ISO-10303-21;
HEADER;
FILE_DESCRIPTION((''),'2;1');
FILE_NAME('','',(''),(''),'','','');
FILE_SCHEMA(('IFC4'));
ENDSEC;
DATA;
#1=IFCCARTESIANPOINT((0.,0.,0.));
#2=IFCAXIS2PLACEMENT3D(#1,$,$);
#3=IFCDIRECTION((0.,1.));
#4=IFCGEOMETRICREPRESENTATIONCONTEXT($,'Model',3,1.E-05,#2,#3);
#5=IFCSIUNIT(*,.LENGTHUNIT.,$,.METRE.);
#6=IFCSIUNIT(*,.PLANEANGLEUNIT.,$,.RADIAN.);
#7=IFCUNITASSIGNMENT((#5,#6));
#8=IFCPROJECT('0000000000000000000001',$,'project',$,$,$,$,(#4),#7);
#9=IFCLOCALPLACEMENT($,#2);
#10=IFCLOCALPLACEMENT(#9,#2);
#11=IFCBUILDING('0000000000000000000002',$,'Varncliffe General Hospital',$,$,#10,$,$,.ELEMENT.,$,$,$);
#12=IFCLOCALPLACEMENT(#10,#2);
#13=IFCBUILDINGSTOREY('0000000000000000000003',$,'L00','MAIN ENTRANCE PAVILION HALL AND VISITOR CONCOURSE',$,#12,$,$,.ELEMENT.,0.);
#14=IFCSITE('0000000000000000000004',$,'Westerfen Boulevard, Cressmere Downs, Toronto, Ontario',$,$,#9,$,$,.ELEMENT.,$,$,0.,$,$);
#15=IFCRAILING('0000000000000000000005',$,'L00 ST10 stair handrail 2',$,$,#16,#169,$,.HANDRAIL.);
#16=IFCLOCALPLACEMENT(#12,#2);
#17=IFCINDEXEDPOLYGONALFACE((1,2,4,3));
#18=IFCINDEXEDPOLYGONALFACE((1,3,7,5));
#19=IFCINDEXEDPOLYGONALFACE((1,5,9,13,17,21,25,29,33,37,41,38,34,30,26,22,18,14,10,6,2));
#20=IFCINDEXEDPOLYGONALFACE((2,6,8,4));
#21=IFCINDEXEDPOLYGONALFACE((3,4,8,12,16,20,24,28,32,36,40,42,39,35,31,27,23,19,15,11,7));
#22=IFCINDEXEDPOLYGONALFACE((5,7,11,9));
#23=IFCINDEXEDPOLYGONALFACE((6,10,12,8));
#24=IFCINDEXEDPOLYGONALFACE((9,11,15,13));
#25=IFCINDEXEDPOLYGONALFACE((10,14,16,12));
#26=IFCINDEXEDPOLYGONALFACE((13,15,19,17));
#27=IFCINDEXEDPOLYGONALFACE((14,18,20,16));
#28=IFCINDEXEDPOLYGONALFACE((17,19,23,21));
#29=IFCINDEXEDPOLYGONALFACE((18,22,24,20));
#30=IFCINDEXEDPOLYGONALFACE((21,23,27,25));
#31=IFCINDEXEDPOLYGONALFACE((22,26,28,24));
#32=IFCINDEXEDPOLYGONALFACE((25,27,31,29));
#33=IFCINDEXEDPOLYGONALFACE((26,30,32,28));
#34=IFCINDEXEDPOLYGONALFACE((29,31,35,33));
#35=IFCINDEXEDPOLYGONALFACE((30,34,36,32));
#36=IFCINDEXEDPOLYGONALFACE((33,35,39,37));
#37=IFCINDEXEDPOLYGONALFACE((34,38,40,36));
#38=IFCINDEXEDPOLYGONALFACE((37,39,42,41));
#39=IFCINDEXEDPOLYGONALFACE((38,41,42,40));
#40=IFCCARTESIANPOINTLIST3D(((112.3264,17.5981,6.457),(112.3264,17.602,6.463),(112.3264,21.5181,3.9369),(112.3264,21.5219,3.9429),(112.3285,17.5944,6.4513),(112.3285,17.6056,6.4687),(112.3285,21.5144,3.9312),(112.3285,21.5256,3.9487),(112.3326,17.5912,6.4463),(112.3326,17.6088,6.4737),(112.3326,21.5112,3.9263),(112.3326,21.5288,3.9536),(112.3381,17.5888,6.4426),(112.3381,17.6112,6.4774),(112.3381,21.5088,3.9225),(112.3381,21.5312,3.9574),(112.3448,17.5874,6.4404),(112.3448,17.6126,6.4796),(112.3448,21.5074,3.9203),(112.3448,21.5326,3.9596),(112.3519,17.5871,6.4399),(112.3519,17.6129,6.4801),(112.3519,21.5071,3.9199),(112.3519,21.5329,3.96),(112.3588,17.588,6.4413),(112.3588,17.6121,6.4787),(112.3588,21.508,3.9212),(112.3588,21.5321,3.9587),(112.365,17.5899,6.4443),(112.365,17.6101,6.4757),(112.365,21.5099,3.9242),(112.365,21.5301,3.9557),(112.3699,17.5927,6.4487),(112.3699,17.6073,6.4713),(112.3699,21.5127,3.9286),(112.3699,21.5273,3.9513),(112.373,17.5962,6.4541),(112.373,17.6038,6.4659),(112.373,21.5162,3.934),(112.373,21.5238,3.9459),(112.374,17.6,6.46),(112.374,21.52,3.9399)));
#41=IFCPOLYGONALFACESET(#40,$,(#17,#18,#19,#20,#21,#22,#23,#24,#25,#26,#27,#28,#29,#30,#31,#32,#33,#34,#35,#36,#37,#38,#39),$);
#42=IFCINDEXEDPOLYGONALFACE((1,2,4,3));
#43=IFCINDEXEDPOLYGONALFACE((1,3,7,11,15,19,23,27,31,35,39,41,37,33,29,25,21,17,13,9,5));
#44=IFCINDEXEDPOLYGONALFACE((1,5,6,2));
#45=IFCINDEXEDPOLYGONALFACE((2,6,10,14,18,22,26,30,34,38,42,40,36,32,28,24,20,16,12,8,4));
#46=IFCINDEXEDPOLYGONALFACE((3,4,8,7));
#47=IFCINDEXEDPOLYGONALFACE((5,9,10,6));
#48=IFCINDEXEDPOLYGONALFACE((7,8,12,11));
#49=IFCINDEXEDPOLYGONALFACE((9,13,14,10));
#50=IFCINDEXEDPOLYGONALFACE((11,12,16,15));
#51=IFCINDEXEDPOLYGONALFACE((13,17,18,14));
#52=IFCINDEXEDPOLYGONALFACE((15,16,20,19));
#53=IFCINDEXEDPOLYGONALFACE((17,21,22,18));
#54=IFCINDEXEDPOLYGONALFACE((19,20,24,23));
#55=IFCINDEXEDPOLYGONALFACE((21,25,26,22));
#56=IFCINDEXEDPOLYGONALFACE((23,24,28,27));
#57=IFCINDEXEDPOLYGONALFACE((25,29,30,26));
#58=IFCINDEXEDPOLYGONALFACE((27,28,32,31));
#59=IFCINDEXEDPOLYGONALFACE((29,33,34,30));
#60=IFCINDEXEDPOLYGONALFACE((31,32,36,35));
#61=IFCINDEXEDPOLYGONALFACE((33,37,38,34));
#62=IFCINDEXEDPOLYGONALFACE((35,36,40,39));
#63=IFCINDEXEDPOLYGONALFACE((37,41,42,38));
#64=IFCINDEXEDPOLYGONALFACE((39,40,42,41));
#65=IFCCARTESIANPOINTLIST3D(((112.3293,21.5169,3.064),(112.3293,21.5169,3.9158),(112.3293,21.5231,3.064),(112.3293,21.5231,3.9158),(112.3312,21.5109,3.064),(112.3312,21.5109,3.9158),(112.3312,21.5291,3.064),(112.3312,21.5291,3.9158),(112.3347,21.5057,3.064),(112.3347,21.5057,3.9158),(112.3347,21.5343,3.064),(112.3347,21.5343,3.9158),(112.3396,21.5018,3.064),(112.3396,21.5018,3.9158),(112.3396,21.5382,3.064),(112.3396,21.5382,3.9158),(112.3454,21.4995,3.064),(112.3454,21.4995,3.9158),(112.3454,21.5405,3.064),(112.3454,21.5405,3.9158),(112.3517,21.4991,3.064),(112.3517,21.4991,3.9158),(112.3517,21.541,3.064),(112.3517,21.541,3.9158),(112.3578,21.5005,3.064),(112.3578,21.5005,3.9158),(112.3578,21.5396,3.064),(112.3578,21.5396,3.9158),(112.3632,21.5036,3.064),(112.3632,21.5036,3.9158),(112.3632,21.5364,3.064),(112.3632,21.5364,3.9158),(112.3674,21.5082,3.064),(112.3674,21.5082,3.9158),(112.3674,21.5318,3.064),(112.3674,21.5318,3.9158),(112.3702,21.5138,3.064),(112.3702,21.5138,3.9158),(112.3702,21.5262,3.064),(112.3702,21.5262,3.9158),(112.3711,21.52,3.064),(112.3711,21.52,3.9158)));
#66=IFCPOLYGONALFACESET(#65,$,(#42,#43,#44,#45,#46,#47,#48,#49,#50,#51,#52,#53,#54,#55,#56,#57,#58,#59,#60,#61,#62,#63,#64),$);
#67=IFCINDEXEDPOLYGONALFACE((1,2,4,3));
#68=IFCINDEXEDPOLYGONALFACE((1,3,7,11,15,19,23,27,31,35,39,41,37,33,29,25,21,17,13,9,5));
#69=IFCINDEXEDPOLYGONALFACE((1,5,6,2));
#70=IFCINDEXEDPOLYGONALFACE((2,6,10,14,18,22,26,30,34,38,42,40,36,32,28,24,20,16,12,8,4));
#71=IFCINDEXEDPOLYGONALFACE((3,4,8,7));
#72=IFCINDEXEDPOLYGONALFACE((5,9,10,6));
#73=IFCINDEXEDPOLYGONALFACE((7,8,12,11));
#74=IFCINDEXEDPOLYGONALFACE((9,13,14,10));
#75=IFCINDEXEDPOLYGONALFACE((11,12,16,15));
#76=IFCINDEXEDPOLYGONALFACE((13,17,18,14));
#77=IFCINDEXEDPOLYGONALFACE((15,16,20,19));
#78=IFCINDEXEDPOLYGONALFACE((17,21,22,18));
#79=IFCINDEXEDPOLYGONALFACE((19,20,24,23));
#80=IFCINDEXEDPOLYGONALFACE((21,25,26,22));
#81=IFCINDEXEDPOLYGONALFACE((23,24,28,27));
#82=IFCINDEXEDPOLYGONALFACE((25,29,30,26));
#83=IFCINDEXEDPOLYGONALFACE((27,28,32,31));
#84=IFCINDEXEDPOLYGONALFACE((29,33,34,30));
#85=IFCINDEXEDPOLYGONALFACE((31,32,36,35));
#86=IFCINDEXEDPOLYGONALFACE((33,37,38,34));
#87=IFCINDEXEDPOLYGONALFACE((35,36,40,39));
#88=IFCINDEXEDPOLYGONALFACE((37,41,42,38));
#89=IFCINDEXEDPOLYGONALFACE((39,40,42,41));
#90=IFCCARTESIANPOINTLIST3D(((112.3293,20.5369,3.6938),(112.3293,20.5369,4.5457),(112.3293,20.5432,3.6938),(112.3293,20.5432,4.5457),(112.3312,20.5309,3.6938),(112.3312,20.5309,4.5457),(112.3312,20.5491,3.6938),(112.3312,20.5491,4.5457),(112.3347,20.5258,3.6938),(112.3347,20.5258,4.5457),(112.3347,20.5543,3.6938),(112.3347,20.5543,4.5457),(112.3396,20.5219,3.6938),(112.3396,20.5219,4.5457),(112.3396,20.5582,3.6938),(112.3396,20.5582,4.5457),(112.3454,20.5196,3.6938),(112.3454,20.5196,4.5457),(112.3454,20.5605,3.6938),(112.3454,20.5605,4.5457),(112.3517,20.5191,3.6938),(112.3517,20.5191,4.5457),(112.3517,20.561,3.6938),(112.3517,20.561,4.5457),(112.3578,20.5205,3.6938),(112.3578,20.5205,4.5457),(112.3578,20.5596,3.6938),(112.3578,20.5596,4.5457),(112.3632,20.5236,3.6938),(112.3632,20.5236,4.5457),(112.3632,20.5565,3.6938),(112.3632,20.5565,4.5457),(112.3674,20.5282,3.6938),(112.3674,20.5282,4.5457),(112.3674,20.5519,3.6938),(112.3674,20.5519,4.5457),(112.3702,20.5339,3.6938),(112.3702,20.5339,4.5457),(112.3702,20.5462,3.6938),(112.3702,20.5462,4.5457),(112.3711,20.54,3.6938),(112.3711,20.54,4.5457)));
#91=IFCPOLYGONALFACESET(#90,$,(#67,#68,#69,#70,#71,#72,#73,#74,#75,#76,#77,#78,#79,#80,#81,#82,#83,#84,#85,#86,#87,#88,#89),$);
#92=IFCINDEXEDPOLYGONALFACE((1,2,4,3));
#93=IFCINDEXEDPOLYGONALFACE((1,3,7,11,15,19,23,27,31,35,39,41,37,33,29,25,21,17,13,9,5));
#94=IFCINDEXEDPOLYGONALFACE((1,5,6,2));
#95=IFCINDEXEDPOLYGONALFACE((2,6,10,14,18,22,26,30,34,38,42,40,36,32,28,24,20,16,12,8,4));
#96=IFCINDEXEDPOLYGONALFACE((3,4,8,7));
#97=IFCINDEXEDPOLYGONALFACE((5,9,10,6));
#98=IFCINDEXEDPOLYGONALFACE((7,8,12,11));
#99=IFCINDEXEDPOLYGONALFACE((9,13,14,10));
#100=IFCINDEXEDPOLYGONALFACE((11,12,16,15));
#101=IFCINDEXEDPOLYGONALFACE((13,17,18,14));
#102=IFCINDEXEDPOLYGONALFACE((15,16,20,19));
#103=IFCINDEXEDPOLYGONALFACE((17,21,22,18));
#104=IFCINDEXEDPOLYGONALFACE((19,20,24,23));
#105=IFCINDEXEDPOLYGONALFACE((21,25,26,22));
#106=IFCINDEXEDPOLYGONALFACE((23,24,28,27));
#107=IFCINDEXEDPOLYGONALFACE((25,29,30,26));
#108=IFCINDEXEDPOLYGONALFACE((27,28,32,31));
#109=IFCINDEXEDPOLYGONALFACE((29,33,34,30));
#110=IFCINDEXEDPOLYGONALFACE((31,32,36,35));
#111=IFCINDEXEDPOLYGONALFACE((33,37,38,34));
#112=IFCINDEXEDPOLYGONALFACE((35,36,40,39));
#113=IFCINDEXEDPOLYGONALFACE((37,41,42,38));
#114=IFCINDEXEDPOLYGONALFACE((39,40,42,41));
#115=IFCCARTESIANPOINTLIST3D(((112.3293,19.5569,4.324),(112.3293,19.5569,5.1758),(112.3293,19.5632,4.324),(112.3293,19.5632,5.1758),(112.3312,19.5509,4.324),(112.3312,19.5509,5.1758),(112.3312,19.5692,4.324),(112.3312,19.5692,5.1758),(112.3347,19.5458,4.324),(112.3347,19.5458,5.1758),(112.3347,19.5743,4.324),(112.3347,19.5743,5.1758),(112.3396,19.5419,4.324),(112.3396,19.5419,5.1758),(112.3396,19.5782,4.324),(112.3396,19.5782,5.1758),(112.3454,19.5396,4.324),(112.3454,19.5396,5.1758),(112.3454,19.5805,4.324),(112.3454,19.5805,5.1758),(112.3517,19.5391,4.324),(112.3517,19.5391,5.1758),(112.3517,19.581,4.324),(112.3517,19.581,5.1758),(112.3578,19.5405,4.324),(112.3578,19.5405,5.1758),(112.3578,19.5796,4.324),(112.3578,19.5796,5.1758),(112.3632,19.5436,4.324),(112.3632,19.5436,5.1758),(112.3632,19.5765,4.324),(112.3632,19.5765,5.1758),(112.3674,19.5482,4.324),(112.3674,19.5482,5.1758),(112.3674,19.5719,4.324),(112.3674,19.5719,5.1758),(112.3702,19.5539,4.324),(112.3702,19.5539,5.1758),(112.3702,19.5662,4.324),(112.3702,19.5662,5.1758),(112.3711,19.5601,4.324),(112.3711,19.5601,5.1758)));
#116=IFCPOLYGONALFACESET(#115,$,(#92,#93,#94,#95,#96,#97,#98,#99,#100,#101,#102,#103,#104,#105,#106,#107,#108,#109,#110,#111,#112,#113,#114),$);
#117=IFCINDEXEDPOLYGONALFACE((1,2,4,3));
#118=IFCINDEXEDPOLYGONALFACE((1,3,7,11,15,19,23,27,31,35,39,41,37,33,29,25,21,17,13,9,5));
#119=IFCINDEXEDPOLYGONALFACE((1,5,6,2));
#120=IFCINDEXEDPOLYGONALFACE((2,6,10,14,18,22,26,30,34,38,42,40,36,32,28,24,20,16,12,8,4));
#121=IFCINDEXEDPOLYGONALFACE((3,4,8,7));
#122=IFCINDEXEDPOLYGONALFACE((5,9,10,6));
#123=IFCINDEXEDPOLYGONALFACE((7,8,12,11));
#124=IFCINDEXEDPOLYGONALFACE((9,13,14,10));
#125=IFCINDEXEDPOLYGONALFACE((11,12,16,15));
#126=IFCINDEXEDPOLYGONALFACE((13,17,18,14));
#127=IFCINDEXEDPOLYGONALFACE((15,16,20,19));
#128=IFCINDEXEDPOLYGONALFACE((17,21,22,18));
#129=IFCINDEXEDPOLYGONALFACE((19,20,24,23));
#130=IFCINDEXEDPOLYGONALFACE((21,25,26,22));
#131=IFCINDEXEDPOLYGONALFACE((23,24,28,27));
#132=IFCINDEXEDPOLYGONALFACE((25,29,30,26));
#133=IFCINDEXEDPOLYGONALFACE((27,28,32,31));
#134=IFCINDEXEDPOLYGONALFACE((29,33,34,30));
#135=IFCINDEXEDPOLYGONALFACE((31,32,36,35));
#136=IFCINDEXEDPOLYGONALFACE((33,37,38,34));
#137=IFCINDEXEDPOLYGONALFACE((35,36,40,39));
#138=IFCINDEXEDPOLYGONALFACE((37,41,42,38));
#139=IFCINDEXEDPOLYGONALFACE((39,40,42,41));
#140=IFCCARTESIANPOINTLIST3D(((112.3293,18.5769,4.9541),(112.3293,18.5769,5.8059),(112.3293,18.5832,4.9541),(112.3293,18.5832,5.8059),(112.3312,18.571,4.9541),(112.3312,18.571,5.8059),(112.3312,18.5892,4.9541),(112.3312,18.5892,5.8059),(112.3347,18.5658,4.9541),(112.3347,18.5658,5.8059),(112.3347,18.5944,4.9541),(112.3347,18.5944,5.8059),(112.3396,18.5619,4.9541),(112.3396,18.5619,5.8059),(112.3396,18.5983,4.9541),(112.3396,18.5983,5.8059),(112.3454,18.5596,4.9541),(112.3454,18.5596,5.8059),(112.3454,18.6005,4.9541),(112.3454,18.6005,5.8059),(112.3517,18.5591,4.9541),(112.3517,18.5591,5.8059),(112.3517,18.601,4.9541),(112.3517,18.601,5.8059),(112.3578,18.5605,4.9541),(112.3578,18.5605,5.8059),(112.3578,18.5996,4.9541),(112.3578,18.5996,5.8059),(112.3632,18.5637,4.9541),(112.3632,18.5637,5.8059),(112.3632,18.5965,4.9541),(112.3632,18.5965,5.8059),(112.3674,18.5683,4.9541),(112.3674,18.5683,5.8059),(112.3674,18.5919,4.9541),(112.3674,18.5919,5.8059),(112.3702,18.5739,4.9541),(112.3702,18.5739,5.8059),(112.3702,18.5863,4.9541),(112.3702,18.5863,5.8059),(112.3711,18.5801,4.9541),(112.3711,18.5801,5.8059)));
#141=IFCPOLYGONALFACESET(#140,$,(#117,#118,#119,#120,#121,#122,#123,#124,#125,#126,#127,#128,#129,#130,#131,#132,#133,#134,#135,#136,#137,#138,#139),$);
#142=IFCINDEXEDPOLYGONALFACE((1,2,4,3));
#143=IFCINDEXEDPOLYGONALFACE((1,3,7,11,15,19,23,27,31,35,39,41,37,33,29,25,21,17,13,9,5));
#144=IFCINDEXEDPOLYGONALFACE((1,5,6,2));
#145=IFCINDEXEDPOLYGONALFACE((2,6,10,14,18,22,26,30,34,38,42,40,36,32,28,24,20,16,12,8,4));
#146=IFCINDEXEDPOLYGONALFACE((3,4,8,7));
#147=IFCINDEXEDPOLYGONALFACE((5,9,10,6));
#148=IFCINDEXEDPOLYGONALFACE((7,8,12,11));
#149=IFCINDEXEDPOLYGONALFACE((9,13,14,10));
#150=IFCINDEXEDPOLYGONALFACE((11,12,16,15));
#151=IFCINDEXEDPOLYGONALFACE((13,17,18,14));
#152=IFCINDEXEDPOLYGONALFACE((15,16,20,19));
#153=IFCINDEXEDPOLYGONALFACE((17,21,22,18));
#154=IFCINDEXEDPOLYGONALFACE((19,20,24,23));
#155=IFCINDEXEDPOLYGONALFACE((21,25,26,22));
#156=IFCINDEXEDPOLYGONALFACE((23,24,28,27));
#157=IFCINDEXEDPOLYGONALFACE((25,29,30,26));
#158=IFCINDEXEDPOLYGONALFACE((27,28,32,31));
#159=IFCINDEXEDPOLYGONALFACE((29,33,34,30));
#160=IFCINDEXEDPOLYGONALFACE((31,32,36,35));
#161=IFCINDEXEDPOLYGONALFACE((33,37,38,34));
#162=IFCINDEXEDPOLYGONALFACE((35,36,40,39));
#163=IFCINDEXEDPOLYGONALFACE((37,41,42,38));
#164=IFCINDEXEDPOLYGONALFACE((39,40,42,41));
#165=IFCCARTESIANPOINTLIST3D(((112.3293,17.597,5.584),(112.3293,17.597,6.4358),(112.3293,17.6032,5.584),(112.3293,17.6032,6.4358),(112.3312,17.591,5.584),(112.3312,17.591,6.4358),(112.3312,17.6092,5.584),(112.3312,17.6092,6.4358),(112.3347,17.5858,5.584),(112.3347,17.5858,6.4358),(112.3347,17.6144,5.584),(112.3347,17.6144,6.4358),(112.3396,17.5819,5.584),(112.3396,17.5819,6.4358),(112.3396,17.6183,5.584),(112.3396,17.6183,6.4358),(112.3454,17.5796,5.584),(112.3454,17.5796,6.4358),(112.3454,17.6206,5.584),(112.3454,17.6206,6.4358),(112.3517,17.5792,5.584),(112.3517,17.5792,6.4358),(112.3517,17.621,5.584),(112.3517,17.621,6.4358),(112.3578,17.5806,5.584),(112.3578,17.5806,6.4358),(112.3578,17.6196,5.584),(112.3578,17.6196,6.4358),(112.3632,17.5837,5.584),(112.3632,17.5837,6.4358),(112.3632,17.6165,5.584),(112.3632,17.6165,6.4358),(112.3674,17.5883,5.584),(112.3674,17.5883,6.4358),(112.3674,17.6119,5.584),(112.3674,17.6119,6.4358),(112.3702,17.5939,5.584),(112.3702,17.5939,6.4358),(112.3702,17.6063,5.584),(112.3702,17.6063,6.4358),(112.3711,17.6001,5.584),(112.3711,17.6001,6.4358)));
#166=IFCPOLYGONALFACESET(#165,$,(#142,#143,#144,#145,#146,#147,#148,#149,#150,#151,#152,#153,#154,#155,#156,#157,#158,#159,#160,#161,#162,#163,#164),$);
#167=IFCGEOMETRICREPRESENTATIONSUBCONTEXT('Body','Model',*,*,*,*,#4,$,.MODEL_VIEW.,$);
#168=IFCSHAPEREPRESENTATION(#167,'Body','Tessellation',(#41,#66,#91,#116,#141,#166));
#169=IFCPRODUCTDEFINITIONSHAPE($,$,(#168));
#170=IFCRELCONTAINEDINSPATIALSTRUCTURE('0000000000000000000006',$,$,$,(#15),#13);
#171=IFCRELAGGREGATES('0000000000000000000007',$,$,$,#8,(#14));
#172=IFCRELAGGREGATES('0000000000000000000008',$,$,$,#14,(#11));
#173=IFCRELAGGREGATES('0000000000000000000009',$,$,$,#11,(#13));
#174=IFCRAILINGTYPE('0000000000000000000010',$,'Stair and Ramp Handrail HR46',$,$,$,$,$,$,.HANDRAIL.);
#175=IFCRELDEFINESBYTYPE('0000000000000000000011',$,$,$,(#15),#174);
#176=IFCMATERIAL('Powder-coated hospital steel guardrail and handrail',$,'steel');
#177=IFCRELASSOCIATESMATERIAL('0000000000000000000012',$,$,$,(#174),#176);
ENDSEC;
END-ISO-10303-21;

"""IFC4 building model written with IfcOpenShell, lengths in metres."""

from ifc_helpers import new_model, si_unit, direction, frame, origin, origin_2d, place, context, subcontext, project, spatial, circle, extrude, material, type_object, element, save


model = new_model("IFC4")

# Units and contexts
model_context = context("Model", 3, precision=1e-05, world=origin(), true_north=direction((0.0, 1.0)))
body_context = subcontext(model_context, "Body", "Model", "MODEL_VIEW")
ifc_project = project(units=[si_unit("LENGTHUNIT", "METRE"), si_unit("PLANEANGLEUNIT", "RADIAN")], contexts=[model_context])

# Site, building, storey
site_placement = place(None, origin())
site = spatial("IfcSite", under=ifc_project, at=site_placement, Name="Westerfen Boulevard, Cressmere Downs, Toronto, Ontario", CompositionType="ELEMENT", RefElevation=0.0)
building_placement = place(site_placement, origin())
building = spatial("IfcBuilding", under=site, at=building_placement, Name="Varncliffe General Hospital", CompositionType="ELEMENT")
storey_placement = place(building_placement, origin())
storey = spatial("IfcBuildingStorey", under=building, at=storey_placement, Name="L00", Description="MAIN ENTRANCE PAVILION HALL AND VISITOR CONCOURSE", CompositionType="ELEMENT", Elevation=0.0)

# Railing
ifc_material_1 = material(Name="Powder-coated hospital steel guardrail and handrail", Category="steel")
railing_type_1 = type_object("IfcRailingType", Name="Stair and Ramp Handrail HR46", PredefinedType="HANDRAIL", material=ifc_material_1)
railing_1_placement = place(storey_placement, frame((112.3501, 21.52, 3.064)))
element("IfcRailing", 1, at=railing_1_placement, inside=storey, type_object=railing_type_1, Name="L00 ST10 stair handrail 2", PredefinedType="HANDRAIL", context=body_context, shape_type="SweptSolid", body=[
    extrude(circle(Radius=0.0239, at=origin_2d()), frame((0.0, 0.0, 0.876), z_axis=(0.0, -0.841172, 0.540768), x_axis=(1.0, 0.0, 0.0)), (0.0, 0.0, 1.0), 4.6602),
    extrude(circle(Radius=0.021, at=origin_2d()), origin(), (0.0, 0.0, 1.0), 0.8518),
    extrude(circle(Radius=0.021, at=origin_2d()), frame((0.0, -0.98, 0.6299)), (0.0, 0.0, 1.0), 0.8518),
    extrude(circle(Radius=0.021, at=origin_2d()), frame((0.0, -1.96, 1.26)), (0.0, 0.0, 1.0), 0.8518),
    extrude(circle(Radius=0.021, at=origin_2d()), frame((0.0, -2.9399, 1.8901)), (0.0, 0.0, 1.0), 0.8518),
    extrude(circle(Radius=0.021, at=origin_2d()), frame((0.0, -3.9199, 2.52)), (0.0, 0.0, 1.0), 0.8518),
])

save(model, "model.ifc")
